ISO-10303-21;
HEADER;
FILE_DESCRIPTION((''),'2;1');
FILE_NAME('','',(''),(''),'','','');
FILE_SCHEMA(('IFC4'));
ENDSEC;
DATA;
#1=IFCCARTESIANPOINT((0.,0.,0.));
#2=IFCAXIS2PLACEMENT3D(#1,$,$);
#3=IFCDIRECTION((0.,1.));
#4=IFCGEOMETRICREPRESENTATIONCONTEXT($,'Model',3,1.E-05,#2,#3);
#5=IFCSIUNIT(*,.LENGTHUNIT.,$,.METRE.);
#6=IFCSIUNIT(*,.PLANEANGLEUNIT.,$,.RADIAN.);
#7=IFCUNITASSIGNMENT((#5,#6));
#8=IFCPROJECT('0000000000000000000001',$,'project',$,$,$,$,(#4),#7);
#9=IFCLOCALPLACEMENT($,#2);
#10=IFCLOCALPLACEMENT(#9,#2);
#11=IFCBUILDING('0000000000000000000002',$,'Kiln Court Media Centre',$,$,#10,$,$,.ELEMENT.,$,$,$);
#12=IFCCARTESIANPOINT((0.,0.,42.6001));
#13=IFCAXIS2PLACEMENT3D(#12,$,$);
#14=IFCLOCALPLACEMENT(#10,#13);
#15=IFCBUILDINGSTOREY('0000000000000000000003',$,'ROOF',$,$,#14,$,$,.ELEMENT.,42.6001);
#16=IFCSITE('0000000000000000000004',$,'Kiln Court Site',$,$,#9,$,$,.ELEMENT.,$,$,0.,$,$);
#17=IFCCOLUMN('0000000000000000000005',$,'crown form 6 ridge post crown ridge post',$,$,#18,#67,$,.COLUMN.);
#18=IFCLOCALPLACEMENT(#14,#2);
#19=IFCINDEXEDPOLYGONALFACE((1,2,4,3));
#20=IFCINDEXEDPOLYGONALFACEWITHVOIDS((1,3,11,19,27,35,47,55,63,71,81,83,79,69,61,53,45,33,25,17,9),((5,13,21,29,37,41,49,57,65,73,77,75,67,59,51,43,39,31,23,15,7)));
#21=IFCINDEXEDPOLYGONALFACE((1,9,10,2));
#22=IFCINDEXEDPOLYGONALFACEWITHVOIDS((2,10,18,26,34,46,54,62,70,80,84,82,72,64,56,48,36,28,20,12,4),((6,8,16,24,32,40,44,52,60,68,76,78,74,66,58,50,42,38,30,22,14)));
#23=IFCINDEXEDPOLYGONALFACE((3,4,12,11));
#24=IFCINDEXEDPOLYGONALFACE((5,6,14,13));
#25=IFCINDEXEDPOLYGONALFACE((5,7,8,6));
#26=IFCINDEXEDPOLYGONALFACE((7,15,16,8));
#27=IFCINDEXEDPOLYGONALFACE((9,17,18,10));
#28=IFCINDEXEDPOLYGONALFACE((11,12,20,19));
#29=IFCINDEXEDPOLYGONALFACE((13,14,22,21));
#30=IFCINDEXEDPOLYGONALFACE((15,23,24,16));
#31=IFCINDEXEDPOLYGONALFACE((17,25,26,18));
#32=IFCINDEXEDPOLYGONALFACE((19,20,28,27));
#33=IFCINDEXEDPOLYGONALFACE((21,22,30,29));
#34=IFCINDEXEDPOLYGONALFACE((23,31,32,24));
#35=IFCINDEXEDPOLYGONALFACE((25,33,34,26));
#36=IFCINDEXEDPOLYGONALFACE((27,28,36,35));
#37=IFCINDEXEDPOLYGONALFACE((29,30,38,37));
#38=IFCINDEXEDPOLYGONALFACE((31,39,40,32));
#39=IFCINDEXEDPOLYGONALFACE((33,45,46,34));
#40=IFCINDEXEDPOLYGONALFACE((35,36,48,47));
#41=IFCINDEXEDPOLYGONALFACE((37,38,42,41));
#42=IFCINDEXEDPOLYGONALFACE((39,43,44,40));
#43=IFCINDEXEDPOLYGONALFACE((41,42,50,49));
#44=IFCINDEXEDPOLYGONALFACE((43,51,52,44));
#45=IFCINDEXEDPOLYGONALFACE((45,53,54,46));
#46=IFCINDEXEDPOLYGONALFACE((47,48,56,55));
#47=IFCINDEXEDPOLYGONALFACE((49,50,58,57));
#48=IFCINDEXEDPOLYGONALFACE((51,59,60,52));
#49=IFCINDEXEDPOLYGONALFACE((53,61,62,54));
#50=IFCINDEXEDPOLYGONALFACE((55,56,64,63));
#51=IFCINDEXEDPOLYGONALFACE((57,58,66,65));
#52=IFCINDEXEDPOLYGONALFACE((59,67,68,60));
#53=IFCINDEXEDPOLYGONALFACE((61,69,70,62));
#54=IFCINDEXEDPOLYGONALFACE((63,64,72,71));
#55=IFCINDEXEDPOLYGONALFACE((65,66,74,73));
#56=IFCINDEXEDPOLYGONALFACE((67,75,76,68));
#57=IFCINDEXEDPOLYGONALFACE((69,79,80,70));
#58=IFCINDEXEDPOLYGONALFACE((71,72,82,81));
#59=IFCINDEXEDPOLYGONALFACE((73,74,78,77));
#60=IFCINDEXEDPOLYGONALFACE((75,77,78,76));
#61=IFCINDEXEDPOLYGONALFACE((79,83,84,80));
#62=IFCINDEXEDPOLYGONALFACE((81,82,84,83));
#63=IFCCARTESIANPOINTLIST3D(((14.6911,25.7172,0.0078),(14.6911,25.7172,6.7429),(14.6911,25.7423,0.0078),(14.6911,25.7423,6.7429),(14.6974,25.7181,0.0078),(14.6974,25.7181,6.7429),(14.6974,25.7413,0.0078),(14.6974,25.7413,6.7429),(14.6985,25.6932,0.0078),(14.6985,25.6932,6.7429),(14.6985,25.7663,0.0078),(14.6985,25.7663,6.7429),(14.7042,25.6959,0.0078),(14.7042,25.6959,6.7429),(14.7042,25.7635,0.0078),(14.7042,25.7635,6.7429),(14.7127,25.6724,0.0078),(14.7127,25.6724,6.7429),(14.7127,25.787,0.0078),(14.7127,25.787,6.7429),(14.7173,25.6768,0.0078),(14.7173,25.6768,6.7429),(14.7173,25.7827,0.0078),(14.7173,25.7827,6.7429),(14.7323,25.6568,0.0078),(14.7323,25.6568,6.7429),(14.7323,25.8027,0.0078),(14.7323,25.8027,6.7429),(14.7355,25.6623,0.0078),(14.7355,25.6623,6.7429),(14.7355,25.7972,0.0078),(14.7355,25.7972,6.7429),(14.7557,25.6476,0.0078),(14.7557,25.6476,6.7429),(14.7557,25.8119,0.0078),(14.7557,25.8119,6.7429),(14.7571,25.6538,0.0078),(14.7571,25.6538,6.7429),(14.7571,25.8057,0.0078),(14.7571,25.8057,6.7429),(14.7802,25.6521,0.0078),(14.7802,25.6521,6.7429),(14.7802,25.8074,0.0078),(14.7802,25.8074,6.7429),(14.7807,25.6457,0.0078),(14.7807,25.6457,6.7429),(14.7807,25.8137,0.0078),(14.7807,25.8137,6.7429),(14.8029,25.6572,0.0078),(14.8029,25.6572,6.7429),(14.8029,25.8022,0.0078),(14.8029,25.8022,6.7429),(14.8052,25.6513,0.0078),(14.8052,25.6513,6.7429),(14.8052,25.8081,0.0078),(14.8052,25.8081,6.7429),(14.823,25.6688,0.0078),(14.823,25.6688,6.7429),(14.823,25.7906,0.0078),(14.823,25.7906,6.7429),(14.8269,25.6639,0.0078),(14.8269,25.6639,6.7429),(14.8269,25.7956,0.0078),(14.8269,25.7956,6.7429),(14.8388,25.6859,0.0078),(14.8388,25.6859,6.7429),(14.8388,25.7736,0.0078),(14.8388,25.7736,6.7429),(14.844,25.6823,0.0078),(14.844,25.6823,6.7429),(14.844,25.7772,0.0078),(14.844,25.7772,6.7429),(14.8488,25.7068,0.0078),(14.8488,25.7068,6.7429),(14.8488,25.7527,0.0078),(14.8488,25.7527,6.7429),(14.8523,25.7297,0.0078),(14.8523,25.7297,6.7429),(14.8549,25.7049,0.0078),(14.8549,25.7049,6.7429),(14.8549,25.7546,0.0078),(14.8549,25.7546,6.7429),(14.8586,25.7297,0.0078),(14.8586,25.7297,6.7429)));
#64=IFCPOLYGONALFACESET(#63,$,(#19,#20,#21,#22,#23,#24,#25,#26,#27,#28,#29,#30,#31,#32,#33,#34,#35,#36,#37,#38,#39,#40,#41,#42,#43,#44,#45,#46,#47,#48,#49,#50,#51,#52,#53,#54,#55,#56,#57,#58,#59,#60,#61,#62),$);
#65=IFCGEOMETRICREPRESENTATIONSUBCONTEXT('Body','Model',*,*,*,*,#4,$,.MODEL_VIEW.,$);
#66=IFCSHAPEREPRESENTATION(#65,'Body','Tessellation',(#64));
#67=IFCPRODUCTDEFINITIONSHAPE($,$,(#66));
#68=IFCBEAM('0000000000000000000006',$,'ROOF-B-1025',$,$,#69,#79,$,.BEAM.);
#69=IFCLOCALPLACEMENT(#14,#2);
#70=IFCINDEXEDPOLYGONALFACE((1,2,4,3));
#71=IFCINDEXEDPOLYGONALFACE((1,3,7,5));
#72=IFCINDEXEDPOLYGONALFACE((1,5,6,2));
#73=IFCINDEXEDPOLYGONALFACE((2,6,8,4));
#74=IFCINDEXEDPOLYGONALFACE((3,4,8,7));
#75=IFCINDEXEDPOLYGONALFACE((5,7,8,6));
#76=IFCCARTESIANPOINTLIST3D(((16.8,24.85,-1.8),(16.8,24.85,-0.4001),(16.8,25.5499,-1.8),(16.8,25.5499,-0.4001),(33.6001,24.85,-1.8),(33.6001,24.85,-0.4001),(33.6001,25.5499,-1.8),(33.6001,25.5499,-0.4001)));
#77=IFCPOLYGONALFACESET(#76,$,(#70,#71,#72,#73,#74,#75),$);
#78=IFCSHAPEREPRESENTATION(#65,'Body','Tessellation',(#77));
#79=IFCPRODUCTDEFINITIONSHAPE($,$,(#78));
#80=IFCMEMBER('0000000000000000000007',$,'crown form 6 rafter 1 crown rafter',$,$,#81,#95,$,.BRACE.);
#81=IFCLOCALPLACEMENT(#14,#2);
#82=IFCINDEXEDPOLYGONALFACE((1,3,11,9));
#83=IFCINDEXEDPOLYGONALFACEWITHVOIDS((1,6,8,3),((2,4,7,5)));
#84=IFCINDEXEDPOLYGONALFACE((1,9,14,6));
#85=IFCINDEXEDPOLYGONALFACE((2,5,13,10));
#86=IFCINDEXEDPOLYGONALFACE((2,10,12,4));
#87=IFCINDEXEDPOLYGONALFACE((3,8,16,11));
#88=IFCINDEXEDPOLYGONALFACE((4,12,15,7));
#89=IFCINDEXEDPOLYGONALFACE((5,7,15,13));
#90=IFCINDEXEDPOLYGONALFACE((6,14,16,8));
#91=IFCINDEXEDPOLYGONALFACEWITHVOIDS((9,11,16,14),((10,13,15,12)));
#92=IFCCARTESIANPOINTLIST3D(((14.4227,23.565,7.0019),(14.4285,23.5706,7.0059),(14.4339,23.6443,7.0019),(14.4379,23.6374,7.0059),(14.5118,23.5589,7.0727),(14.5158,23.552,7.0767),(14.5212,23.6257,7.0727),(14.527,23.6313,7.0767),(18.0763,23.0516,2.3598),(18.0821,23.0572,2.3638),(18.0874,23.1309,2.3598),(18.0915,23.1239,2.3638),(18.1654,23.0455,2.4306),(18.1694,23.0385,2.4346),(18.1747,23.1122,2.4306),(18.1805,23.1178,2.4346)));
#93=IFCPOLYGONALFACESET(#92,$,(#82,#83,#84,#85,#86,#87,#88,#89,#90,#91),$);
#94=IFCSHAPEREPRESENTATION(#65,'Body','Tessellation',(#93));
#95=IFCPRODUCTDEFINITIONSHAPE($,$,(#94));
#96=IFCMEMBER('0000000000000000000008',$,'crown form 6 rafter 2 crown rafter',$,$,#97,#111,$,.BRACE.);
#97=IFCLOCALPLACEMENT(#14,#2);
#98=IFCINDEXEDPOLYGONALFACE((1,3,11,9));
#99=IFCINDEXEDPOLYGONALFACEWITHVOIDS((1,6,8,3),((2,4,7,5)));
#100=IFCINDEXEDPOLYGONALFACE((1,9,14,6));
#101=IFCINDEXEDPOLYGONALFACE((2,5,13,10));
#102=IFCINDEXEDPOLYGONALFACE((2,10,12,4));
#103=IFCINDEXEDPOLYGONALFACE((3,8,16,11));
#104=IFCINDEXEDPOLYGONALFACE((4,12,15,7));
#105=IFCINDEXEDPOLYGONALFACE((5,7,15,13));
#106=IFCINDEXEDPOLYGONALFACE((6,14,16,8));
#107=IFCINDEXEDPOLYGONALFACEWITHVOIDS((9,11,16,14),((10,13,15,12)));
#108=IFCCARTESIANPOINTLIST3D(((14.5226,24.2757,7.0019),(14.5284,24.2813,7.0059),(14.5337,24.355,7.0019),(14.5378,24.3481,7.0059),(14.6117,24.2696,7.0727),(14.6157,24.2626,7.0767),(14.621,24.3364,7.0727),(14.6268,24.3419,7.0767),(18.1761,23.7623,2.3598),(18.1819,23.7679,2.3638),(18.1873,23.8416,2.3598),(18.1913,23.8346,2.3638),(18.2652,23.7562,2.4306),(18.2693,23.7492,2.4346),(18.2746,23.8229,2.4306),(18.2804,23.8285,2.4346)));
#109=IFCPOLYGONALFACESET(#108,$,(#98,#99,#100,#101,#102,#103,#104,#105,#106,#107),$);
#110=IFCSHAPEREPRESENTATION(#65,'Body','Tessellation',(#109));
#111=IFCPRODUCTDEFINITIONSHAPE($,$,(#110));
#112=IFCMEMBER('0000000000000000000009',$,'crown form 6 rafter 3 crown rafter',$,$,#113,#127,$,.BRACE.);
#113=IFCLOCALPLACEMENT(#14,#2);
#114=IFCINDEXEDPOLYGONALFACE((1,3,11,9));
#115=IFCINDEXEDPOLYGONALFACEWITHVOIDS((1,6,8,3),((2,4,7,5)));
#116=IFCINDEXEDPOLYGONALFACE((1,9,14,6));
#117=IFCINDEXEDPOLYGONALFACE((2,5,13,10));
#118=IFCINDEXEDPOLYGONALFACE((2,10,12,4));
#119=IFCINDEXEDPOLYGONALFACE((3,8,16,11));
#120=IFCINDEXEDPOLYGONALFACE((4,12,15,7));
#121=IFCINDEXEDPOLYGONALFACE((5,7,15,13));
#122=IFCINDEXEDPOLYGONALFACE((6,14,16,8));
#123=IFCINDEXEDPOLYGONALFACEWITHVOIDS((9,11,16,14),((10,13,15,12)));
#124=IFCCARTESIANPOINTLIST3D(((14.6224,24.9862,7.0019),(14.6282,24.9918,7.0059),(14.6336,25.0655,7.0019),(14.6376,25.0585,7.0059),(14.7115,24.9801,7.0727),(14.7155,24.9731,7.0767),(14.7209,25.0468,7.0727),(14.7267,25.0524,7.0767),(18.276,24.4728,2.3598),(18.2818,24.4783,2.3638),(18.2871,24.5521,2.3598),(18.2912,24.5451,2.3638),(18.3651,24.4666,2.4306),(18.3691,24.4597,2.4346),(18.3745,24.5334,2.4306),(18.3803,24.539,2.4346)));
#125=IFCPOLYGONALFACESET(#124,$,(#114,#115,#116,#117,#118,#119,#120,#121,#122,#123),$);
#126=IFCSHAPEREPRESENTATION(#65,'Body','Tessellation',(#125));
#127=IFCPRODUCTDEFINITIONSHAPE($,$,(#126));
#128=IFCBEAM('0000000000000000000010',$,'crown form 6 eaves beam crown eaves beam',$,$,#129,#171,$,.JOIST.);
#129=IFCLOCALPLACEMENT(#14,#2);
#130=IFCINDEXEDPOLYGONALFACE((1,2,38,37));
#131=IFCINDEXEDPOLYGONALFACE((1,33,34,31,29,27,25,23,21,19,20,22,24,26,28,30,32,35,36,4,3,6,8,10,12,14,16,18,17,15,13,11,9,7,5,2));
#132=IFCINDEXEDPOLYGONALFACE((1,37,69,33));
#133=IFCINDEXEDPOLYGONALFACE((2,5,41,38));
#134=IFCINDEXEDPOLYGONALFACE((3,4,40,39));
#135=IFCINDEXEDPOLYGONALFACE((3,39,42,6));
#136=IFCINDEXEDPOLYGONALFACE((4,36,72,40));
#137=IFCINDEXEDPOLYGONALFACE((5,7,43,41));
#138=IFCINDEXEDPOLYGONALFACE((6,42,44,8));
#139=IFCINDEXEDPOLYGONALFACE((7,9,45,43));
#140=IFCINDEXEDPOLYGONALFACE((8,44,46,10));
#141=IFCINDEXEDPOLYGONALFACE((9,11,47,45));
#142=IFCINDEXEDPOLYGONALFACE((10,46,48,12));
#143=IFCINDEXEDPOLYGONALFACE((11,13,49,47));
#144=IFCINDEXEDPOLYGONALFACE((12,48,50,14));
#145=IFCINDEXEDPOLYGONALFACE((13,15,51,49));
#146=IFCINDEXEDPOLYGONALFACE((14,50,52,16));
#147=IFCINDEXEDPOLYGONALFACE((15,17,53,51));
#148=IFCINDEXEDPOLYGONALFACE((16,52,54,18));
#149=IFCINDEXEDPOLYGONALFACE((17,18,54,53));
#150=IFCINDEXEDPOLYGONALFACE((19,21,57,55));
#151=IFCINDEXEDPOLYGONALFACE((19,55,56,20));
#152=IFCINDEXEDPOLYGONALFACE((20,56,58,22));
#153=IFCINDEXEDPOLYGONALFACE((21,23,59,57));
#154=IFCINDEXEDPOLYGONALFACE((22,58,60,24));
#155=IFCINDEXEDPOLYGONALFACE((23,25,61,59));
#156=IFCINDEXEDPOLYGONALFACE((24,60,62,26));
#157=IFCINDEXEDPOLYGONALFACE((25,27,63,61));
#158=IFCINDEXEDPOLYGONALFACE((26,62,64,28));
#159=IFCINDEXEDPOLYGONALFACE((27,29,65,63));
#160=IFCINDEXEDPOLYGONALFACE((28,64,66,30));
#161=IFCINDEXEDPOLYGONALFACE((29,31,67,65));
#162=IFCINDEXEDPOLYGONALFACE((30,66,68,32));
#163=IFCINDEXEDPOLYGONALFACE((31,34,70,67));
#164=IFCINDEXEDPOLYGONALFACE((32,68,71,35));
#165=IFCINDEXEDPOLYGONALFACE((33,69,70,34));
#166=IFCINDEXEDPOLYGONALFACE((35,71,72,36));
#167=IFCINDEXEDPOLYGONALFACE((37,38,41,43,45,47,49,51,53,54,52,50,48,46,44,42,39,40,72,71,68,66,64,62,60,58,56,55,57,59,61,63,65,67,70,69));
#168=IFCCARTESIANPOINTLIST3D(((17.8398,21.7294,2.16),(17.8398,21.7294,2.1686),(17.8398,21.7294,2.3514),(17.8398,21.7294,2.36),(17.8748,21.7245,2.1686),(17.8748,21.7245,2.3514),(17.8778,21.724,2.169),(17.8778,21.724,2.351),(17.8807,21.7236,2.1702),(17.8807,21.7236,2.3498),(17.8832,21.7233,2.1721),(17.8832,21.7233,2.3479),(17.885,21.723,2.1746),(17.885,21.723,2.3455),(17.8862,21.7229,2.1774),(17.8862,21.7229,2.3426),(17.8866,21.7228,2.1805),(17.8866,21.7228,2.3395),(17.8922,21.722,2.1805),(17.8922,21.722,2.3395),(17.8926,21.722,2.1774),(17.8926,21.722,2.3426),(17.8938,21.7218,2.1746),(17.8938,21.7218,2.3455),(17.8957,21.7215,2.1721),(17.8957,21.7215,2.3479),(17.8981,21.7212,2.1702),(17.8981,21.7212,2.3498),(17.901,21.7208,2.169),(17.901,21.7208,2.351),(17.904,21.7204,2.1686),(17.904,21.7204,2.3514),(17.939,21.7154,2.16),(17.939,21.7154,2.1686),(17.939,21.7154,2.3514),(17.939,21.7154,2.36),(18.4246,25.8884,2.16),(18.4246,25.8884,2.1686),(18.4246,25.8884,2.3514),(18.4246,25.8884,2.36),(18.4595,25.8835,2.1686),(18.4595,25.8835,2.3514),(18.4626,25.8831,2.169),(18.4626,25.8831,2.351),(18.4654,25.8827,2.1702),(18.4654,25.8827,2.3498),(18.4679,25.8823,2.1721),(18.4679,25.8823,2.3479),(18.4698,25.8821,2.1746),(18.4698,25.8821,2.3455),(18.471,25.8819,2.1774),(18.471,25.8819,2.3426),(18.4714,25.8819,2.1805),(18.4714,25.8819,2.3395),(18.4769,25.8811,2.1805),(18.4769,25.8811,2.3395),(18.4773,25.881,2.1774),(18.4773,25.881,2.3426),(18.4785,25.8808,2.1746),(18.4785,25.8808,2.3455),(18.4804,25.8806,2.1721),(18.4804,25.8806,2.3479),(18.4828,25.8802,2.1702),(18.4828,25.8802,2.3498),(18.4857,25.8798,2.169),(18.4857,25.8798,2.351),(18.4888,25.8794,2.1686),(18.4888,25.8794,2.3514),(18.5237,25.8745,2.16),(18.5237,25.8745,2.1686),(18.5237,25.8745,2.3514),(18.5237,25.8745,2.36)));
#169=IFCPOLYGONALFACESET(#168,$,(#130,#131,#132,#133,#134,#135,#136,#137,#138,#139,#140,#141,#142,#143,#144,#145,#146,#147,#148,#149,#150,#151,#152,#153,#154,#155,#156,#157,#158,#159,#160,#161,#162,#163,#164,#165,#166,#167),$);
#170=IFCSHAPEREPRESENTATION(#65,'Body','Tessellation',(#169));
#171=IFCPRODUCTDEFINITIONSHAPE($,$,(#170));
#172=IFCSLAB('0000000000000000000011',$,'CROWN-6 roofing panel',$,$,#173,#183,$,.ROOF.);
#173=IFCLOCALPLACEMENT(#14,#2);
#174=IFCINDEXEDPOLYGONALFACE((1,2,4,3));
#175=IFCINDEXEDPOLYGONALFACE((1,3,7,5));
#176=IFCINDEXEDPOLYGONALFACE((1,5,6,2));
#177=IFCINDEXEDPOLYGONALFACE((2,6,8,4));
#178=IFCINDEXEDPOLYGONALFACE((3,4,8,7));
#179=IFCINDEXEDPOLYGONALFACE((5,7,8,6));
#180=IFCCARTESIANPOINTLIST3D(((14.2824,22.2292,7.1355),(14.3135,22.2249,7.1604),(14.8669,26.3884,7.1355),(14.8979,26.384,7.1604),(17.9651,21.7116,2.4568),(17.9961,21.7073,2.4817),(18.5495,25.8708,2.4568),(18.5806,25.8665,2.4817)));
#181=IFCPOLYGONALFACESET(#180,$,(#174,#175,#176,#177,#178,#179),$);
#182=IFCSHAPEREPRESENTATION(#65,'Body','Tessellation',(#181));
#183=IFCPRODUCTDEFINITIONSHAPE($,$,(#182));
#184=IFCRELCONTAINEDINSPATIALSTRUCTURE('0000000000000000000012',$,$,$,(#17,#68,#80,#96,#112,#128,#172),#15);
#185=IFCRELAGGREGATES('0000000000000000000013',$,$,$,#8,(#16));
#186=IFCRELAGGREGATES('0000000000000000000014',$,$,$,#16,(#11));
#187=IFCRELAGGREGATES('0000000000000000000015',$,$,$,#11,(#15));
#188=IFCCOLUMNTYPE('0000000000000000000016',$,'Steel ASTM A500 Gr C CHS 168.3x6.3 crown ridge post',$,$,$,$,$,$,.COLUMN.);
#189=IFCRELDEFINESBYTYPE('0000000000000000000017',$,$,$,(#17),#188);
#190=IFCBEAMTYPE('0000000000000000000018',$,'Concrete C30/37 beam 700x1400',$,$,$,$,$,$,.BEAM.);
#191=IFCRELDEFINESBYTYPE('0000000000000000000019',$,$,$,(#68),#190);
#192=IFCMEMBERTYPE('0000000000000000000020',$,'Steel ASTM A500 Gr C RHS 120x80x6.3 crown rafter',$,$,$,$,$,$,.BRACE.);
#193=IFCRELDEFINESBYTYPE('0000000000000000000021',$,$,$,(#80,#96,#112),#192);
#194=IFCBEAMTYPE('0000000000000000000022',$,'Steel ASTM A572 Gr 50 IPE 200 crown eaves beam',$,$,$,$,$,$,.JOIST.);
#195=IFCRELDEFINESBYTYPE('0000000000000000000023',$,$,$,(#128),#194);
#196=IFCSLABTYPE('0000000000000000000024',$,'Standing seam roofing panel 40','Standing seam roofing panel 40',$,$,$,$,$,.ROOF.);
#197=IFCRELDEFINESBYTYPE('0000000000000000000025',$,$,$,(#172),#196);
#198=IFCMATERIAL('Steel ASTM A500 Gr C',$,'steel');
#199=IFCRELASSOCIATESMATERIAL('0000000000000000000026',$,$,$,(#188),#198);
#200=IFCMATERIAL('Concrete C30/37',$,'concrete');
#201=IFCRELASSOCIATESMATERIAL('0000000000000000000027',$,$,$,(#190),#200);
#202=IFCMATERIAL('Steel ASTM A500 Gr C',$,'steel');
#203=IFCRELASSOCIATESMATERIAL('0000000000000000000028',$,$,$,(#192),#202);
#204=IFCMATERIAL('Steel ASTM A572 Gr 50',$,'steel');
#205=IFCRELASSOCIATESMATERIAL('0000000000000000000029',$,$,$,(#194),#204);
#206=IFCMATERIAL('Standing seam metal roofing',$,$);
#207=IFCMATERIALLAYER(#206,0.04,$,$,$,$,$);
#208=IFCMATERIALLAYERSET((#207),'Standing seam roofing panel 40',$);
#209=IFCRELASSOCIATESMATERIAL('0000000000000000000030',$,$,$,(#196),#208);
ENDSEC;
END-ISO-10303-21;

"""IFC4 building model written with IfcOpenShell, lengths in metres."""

from ifc_helpers import new_model, si_unit, direction, frame, origin, origin_2d, place, context, subcontext, project, spatial, polyline, rectangle, hollow_rectangle, hollow_circle, i_section, outline, extrude, material, layer, layer_set, material_profile, profile_set, type_object, element, save


model = new_model("IFC4")

# Units and contexts
model_context = context("Model", 3, precision=1e-05, world=origin(), true_north=direction((0.0, 1.0)))
body_context = subcontext(model_context, "Body", "Model", "MODEL_VIEW")
ifc_project = project(units=[si_unit("LENGTHUNIT", "METRE"), si_unit("PLANEANGLEUNIT", "RADIAN")], contexts=[model_context])

# Site, building, storey
site_placement = place(None, origin())
site = spatial("IfcSite", under=ifc_project, at=site_placement, Name="Kiln Court Site", CompositionType="ELEMENT", RefElevation=0.0)
building_placement = place(site_placement, origin())
building = spatial("IfcBuilding", under=site, at=building_placement, Name="Kiln Court Media Centre", CompositionType="ELEMENT")
storey_placement = place(building_placement, frame((0.0, 0.0, 42.6001)))
storey = spatial("IfcBuildingStorey", under=building, at=storey_placement, Name="ROOF", CompositionType="ELEMENT", Elevation=42.6001)

# Column
ifc_material_1 = material(Name="Steel ASTM A500 Gr C", Category="steel")
ifc_material_profile_1 = material_profile(ifc_material_1, hollow_circle(Radius=0.0842, WallThickness=0.0063, at=origin_2d()), Name="CHS 168.3x6.3")
ifc_profile_set_1 = profile_set([ifc_material_profile_1], Name="Steel ASTM A500 Gr C")
column_type_1 = type_object("IfcColumnType", Name="Steel ASTM A500 Gr C CHS 168.3x6.3 crown ridge post", PredefinedType="COLUMN", material=ifc_profile_set_1)
for number, where, z_axis, x_axis, name in (
    (1, (14.7744, 25.7297, 0.0078), (0.0, 0.0, 1.0), (1.0, 0.0, 0.0), "crown form 6 ridge post crown ridge post"),
):
    element("IfcColumn", number, at=place(storey_placement, frame(where, z_axis=z_axis, x_axis=x_axis)), inside=storey, type_object=column_type_1, Name=name, PredefinedType="COLUMN", context=body_context, shape_type="SweptSolid", body=[
        extrude(hollow_circle(Radius=0.0842, WallThickness=0.0063, at=origin_2d()), origin(), (0.0, 0.0, 1.0), 6.7351),
    ])

# Beam
ifc_material_2 = material(Name="Concrete C30/37", Category="concrete")
ifc_material_profile_2 = material_profile(ifc_material_2, rectangle(XDim=0.7, YDim=1.3999, at=origin_2d()), Name="RC 700x1400")
ifc_profile_set_2 = profile_set([ifc_material_profile_2], Name="Concrete C30/37")
beam_type_1 = type_object("IfcBeamType", Name="Concrete C30/37 beam 700x1400", PredefinedType="BEAM", material=ifc_profile_set_2)
beam_1_placement = place(storey_placement, frame((16.8, 25.2, -1.1001), z_axis=(1.0, 0.0, 0.0), x_axis=(0.0, 1.0, 0.0)))
element("IfcBeam", 2, at=beam_1_placement, inside=storey, type_object=beam_type_1, Name="ROOF-B-1025", PredefinedType="BEAM", context=body_context, shape_type="SweptSolid", body=[
    extrude(rectangle(XDim=0.7, YDim=1.3999, at=origin_2d()), origin(), (0.0, 0.0, 1.0), 16.8),
])

# Members
ifc_material_3 = material(Name="Steel ASTM A500 Gr C", Category="steel")
ifc_material_profile_3 = material_profile(ifc_material_3, hollow_rectangle(XDim=0.0801, YDim=0.1201, WallThickness=0.0063, at=origin_2d()), Name="RHS 120x80x6.3")
ifc_profile_set_3 = profile_set([ifc_material_profile_3], Name="Steel ASTM A500 Gr C")
member_type = type_object("IfcMemberType", Name="Steel ASTM A500 Gr C RHS 120x80x6.3 crown rafter", PredefinedType="BRACE", material=ifc_profile_set_3)
for number, where, z_axis, x_axis, name in (
    (3, (18.1284, 23.0847, 2.3972), (-0.616148, 0.086586, 0.782856), (-0.139161, -0.99027, 0.0), "crown form 6 rafter 1 crown rafter"),
    (4, (18.2283, 23.7954, 2.3972), (-0.616148, 0.086586, 0.782856), (-0.139161, -0.99027, 0.0), "crown form 6 rafter 2 crown rafter"),
    (5, (18.3281, 24.5059, 2.3972), (-0.616148, 0.086586, 0.782856), (-0.139161, -0.99027, 0.0), "crown form 6 rafter 3 crown rafter"),
):
    element("IfcMember", number, at=place(storey_placement, frame(where, z_axis=z_axis, x_axis=x_axis)), inside=storey, type_object=member_type, Name=name, PredefinedType="BRACE", context=body_context, shape_type="SweptSolid", body=[
        extrude(hollow_rectangle(XDim=0.0801, YDim=0.1201, WallThickness=0.0063, at=origin_2d()), origin(), (0.0, 0.0, 1.0), 5.9297),
    ])

# Beam
ifc_material_4 = material(Name="Steel ASTM A572 Gr 50", Category="steel")
ifc_material_profile_4 = material_profile(ifc_material_4, i_section(OverallWidth=0.1001, OverallDepth=0.2, WebThickness=0.0056, FlangeThickness=0.0085, FilletRadius=0.012, at=origin_2d()), Name="IPE 200")
ifc_profile_set_4 = profile_set([ifc_material_profile_4], Name="Steel ASTM A572 Gr 50")
beam_type_2 = type_object("IfcBeamType", Name="Steel ASTM A572 Gr 50 IPE 200 crown eaves beam", PredefinedType="JOIST", material=ifc_profile_set_4)
beam_2_placement = place(storey_placement, frame((17.8894, 21.7224, 2.26), z_axis=(0.139224, 0.990261, 0.0), x_axis=(-0.990261, 0.139224, 0.0)))
element("IfcBeam", 6, at=beam_2_placement, inside=storey, type_object=beam_type_2, Name="crown form 6 eaves beam crown eaves beam", PredefinedType="JOIST", context=body_context, shape_type="SweptSolid", body=[
    extrude(i_section(OverallWidth=0.1001, OverallDepth=0.2, WebThickness=0.0056, FlangeThickness=0.0085, FilletRadius=0.012, at=origin_2d()), origin(), (0.0, 0.0, 1.0), 4.2),
])

# Slab
ifc_material_5 = material(Name="Standing seam metal roofing")
ifc_layer_1 = layer(ifc_material_5, 0.04)
ifc_layer_set_1 = layer_set([ifc_layer_1], Name="Standing seam roofing panel 40")
slab_type = type_object("IfcSlabType", Name="Standing seam roofing panel 40", Description="Standing seam roofing panel 40", PredefinedType="ROOF", material=ifc_layer_set_1)
slab_placement = place(storey_placement, frame((17.9961, 21.7073, 2.4817), z_axis=(0.77522, -0.108938, 0.622227), x_axis=(0.139159, 0.99027, 0.0)))
element("IfcSlab", 7, at=slab_placement, inside=storey, type_object=slab_type, Name="CROWN-6 roofing panel", PredefinedType="ROOF", context=body_context, shape_type="SweptSolid", body=[
    extrude(outline(polyline([(0.0, 0.0), (4.2, 0.0), (4.2001, 5.9766), (0.0001, 5.9766), (0.0, 0.0)])), origin(), (0.0, 0.0, -1.0), 0.04),
])

save(model, "model.ifc")
